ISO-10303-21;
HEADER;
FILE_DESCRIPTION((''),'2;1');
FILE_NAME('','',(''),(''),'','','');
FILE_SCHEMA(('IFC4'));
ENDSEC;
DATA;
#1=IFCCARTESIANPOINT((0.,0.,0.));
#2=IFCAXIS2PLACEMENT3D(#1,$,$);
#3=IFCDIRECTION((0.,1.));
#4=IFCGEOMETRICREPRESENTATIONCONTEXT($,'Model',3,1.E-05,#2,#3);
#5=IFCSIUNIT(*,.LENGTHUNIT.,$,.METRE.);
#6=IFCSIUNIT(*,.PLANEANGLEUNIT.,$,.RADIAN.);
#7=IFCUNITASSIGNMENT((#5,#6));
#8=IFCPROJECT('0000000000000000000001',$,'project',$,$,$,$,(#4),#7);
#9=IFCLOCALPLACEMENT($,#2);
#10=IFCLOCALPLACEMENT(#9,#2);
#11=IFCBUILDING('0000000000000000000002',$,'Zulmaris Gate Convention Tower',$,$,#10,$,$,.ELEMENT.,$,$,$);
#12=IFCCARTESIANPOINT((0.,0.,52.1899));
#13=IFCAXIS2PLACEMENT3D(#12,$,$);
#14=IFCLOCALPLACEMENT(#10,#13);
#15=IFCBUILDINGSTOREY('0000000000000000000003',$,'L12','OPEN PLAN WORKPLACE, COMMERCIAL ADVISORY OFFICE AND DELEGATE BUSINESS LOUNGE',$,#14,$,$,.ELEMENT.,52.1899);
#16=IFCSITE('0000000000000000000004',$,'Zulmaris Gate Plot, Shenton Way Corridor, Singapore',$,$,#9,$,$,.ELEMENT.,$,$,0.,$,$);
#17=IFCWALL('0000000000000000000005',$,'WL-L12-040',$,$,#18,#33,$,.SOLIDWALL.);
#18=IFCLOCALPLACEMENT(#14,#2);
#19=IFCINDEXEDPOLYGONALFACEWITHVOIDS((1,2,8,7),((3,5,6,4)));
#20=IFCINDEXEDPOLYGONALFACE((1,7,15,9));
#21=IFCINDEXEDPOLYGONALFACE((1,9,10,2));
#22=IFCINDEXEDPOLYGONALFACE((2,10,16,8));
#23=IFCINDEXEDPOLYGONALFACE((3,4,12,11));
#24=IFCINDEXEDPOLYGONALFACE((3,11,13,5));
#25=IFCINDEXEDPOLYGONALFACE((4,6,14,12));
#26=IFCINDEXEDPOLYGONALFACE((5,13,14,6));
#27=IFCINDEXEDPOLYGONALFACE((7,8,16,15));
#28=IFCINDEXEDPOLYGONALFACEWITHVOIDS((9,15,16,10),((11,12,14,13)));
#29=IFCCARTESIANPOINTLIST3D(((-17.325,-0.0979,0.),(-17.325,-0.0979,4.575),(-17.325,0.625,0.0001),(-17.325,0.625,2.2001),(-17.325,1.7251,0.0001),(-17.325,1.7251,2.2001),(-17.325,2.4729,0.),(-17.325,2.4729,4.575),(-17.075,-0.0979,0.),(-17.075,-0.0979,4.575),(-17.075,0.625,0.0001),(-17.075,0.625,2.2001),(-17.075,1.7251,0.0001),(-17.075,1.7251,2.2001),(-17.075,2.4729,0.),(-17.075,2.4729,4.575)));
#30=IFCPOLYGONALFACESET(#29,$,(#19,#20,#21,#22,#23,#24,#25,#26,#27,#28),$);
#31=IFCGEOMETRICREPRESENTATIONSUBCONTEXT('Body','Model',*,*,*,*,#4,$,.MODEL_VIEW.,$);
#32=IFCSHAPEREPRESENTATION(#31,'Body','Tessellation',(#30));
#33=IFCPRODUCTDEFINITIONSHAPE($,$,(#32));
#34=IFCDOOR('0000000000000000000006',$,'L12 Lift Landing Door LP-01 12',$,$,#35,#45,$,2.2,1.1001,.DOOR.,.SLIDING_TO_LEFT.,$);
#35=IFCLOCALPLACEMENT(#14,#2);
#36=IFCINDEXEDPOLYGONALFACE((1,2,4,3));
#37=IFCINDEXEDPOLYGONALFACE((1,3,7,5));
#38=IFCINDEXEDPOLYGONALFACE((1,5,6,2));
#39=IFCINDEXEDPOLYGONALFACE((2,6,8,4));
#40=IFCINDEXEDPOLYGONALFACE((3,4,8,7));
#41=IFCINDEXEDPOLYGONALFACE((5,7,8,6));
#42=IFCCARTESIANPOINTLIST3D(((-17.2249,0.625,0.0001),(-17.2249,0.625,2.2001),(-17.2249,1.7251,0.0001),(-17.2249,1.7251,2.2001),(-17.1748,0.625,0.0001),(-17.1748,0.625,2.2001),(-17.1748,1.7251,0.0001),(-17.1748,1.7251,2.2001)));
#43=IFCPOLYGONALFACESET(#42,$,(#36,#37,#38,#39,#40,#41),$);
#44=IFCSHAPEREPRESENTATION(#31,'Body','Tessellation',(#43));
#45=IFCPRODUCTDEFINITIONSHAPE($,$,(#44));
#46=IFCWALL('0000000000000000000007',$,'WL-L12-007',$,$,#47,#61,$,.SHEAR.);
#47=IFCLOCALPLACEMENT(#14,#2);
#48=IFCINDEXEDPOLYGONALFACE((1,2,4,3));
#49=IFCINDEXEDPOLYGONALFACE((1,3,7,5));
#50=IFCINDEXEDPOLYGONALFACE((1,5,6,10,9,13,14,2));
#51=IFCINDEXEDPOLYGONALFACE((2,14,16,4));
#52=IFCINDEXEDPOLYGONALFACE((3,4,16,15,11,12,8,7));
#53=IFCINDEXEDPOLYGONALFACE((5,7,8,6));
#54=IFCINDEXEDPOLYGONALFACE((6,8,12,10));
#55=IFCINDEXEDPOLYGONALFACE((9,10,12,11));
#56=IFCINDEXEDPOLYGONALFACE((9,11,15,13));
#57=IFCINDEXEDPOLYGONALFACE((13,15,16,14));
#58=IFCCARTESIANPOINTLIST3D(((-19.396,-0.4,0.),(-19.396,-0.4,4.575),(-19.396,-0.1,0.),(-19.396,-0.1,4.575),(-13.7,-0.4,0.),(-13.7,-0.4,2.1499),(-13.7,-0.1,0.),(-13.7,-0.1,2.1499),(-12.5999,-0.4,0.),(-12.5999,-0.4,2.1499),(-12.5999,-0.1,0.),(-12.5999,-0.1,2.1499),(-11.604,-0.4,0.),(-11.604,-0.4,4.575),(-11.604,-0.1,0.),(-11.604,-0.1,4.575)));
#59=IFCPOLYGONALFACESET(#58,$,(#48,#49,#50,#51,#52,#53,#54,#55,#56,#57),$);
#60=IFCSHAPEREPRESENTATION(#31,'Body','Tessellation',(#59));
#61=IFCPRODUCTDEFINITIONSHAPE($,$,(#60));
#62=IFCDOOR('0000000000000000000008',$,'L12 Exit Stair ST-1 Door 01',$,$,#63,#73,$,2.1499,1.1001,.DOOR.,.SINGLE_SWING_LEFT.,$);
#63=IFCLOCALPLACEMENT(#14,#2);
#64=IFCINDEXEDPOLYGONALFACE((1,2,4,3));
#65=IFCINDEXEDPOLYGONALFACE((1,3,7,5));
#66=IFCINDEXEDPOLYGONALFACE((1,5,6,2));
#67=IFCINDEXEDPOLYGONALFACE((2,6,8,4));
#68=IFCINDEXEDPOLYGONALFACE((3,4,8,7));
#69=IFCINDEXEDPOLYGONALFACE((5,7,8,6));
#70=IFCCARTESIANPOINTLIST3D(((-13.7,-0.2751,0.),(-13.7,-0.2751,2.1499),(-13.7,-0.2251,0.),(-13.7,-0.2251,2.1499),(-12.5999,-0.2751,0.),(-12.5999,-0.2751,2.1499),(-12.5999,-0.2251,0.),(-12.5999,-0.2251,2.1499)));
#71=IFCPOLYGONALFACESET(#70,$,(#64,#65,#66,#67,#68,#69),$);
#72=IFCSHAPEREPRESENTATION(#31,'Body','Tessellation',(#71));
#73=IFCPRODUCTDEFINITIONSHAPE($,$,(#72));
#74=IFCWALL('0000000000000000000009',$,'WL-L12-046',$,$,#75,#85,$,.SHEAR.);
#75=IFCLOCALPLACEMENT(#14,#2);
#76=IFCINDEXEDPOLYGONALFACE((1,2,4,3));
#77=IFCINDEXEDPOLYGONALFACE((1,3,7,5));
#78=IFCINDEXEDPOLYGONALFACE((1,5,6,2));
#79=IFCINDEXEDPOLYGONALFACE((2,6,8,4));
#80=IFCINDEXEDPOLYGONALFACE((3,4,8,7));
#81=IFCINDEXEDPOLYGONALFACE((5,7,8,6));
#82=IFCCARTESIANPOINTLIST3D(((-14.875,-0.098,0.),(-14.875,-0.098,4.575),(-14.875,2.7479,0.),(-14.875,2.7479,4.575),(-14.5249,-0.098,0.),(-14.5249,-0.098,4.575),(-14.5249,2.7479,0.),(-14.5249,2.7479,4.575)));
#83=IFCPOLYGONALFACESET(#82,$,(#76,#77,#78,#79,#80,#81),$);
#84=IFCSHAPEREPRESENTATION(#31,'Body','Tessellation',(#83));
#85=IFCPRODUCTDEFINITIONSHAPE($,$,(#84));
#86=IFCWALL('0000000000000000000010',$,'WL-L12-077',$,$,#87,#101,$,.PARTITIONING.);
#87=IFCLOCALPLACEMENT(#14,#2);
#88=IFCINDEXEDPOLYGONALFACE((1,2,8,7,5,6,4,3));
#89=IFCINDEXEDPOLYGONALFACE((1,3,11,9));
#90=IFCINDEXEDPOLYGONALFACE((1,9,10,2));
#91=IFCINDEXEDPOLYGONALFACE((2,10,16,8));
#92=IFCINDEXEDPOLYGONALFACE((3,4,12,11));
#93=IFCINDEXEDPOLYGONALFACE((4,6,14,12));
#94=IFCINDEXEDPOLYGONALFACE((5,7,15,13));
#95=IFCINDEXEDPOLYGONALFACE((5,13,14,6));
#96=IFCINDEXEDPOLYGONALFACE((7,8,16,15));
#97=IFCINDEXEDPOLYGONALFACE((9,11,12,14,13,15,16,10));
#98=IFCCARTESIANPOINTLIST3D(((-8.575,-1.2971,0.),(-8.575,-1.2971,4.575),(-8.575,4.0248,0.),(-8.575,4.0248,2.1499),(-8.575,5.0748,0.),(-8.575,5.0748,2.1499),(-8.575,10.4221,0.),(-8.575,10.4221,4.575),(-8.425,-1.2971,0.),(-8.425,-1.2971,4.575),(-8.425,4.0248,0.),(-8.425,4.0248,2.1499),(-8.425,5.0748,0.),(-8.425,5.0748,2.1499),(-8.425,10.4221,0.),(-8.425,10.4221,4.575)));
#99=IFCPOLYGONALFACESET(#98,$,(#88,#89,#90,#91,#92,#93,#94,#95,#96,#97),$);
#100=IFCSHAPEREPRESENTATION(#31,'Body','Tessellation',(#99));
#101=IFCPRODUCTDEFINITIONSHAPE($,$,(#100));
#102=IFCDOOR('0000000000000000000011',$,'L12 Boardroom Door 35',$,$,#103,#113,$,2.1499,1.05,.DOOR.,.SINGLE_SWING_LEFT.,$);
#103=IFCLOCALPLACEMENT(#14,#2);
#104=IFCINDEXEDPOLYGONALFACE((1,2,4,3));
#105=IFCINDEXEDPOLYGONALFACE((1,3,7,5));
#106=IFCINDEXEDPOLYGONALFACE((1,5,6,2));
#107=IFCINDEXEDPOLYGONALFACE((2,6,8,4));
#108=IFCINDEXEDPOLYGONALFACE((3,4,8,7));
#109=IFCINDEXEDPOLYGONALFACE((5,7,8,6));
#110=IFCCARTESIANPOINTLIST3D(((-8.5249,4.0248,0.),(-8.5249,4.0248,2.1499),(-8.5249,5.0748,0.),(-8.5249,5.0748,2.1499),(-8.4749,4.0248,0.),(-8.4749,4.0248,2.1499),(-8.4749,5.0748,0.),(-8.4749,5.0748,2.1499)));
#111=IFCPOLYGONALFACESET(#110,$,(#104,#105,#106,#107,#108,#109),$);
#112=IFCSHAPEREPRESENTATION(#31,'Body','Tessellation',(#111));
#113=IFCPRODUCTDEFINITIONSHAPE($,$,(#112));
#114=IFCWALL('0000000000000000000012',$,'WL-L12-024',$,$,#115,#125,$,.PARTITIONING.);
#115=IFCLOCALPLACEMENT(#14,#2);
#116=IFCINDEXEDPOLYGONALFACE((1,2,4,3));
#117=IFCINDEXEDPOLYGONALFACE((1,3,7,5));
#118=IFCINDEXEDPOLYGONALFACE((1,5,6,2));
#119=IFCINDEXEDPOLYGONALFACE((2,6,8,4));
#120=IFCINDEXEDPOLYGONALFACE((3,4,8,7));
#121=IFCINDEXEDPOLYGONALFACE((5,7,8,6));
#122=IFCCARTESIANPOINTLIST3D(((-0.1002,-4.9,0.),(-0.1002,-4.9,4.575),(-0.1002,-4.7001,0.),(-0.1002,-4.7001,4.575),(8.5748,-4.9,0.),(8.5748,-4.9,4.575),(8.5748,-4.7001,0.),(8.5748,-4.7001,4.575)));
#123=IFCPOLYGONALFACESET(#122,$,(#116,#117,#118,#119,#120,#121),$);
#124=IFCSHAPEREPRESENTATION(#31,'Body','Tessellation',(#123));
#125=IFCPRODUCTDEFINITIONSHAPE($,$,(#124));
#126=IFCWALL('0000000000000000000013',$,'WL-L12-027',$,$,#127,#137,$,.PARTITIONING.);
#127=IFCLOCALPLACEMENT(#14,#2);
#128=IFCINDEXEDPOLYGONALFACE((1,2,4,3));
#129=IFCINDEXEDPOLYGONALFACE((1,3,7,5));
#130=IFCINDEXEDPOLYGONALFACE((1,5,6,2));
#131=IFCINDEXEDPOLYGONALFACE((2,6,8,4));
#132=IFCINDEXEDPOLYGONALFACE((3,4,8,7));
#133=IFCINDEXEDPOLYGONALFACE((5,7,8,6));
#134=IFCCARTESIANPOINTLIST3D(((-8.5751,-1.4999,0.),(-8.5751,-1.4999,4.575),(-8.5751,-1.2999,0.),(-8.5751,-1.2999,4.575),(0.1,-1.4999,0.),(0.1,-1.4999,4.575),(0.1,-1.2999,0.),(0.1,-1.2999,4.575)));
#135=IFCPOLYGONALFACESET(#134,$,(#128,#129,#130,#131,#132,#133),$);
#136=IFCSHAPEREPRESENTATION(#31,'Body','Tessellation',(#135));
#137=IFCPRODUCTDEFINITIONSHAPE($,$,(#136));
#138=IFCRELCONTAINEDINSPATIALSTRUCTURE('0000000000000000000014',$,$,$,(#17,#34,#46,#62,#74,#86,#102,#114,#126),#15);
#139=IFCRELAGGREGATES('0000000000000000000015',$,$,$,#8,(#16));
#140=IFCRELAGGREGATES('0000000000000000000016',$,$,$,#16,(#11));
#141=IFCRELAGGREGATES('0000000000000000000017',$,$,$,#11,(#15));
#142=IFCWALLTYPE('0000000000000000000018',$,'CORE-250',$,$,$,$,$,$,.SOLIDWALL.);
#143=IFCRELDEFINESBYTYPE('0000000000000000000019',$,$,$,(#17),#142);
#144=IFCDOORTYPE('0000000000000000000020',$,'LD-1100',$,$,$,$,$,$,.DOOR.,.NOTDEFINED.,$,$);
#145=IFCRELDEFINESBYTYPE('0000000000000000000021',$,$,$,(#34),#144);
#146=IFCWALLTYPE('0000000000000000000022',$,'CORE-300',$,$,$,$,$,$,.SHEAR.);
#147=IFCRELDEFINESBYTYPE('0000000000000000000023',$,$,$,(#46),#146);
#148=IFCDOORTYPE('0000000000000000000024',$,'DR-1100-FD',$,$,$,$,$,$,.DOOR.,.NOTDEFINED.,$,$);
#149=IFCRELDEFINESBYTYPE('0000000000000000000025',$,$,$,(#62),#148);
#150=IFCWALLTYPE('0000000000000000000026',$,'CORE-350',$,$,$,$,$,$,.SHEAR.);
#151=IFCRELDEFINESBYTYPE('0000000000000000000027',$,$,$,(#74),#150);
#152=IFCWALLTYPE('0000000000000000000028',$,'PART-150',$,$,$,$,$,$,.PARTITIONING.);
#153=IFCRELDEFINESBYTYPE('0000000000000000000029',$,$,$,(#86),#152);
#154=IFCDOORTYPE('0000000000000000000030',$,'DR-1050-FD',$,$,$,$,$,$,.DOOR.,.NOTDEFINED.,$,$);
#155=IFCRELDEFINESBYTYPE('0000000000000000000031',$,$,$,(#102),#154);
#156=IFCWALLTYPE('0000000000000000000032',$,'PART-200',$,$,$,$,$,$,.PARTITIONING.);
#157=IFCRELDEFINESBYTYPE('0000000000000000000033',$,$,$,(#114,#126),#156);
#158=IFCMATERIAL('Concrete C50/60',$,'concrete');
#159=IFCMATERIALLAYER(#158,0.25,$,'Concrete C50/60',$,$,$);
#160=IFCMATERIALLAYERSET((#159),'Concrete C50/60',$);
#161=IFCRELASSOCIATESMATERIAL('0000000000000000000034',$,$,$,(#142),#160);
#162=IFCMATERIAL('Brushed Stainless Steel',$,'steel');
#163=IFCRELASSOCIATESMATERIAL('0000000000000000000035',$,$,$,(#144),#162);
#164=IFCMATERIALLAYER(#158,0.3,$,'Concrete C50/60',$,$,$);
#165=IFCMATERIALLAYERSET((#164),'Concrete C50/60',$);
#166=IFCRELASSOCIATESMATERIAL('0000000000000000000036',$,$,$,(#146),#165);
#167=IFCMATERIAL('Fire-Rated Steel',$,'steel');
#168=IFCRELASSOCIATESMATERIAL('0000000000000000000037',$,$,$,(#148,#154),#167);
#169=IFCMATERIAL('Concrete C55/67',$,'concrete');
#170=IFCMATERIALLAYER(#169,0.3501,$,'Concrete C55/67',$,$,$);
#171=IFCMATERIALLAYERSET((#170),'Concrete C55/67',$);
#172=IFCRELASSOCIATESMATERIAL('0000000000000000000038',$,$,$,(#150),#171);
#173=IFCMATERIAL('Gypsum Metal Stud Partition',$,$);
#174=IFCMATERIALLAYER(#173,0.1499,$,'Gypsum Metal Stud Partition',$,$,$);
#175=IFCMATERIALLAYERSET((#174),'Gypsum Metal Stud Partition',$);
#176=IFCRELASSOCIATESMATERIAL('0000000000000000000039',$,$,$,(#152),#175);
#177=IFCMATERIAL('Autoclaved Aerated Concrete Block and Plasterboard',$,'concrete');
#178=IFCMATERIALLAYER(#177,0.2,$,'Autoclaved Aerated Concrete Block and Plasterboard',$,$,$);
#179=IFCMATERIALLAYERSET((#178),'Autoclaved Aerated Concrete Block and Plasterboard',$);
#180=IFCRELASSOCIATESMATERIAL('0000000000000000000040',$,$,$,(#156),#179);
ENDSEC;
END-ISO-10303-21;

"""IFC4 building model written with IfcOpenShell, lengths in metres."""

from ifc_helpers import new_model, si_unit, direction, frame, frame_2d, origin, place, context, subcontext, project, spatial, rectangle, extrude, material, layer, layer_set, type_object, element, fill, save


model = new_model("IFC4")

# Units and contexts
model_context = context("Model", 3, precision=1e-05, world=origin(), true_north=direction((0.0, 1.0)))
body_context = subcontext(model_context, "Body", "Model", "MODEL_VIEW")
ifc_project = project(units=[si_unit("LENGTHUNIT", "METRE"), si_unit("PLANEANGLEUNIT", "RADIAN")], contexts=[model_context])

# Site, building, storey
site_placement = place(None, origin())
site = spatial("IfcSite", under=ifc_project, at=site_placement, Name="Zulmaris Gate Plot, Shenton Way Corridor, Singapore", CompositionType="ELEMENT", RefElevation=0.0)
building_placement = place(site_placement, origin())
building = spatial("IfcBuilding", under=site, at=building_placement, Name="Zulmaris Gate Convention Tower", CompositionType="ELEMENT")
storey_placement = place(building_placement, frame((0.0, 0.0, 52.1899)))
storey = spatial("IfcBuildingStorey", under=building, at=storey_placement, Name="L12", Description="OPEN PLAN WORKPLACE, COMMERCIAL ADVISORY OFFICE AND DELEGATE BUSINESS LOUNGE", CompositionType="ELEMENT", Elevation=52.1899)

# Walls, openings, doors
ifc_material_1 = material(Name="Concrete C50/60", Category="concrete")
ifc_layer_1 = layer(ifc_material_1, 0.25, Name="Concrete C50/60")
ifc_layer_set_1 = layer_set([ifc_layer_1], Name="Concrete C50/60")
wall_type_1 = type_object("IfcWallType", Name="CORE-250", PredefinedType="SOLIDWALL", material=ifc_layer_set_1)
wall_1_placement = place(storey_placement, frame((-17.2, -0.0979, 0.0), z_axis=(0.0, 0.0, 1.0), x_axis=(0.0, 1.0, 0.0)))
wall_1 = element("IfcWall", 1, at=wall_1_placement, inside=storey, type_object=wall_type_1, Name="WL-L12-040", PredefinedType="SOLIDWALL", context=body_context, shape_type="SweptSolid", body=[
    extrude(rectangle(XDim=2.5708, YDim=0.25, at=frame_2d((1.2854, 0.0))), origin(), (0.0, 0.0, 1.0), 4.575),
])
opening_1_placement = place(wall_1_placement, frame((0.7229, 0.0, 0.0)))
opening_1 = element("IfcOpeningElement", 2, at=opening_1_placement, cuts=wall_1, PredefinedType="OPENING", context=body_context, shape_type="SweptSolid", body=[
    extrude(rectangle(XDim=1.1001, YDim=2.2, at=frame_2d((0.55, 1.1001))), frame((0.0, 0.135, 0.0), z_axis=(0.0, -1.0, 0.0), x_axis=(1.0, 0.0, 0.0)), (0.0, 0.0, 1.0), 0.27),
])
ifc_material_2 = material(Name="Brushed Stainless Steel", Category="steel")
door_type_1 = type_object("IfcDoorType", Name="LD-1100", OperationType="NOTDEFINED", PredefinedType="DOOR", material=ifc_material_2)
door_1_placement = place(opening_1_placement, origin())
door_1 = element("IfcDoor", 3, at=door_1_placement, inside=storey, type_object=door_type_1, Name="L12 Lift Landing Door LP-01 12", OperationType="SLIDING_TO_LEFT", OverallHeight=2.2, OverallWidth=1.1001, PredefinedType="DOOR", context=body_context, shape_type="SweptSolid", body=[
    extrude(rectangle(XDim=1.1001, YDim=2.2, at=frame_2d((0.55, 1.1001))), frame((0.0, 0.0249, 0.0), z_axis=(0.0, -1.0, 0.0), x_axis=(1.0, 0.0, 0.0)), (0.0, 0.0, 1.0), 0.05),
])
fill(opening_1, door_1)
ifc_layer_2 = layer(ifc_material_1, 0.3, Name="Concrete C50/60")
ifc_layer_set_2 = layer_set([ifc_layer_2], Name="Concrete C50/60")
wall_type_2 = type_object("IfcWallType", Name="CORE-300", PredefinedType="SHEAR", material=ifc_layer_set_2)
wall_2_placement = place(storey_placement, frame((-19.396, -0.25, 0.0), z_axis=(0.0, 0.0, 1.0), x_axis=(1.0, 0.0, 0.0)))
wall_2 = element("IfcWall", 4, at=wall_2_placement, inside=storey, type_object=wall_type_2, Name="WL-L12-007", PredefinedType="SHEAR", context=body_context, shape_type="SweptSolid", body=[
    extrude(rectangle(XDim=7.792, YDim=0.3, at=frame_2d((3.896, 0.0))), origin(), (0.0, 0.0, 1.0), 4.575),
])
opening_2_placement = place(wall_2_placement, frame((5.696, 0.0, 0.0)))
opening_2 = element("IfcOpeningElement", 5, at=opening_2_placement, cuts=wall_2, PredefinedType="OPENING", context=body_context, shape_type="SweptSolid", body=[
    extrude(rectangle(XDim=1.1001, YDim=2.1499, at=frame_2d((0.55, 1.075))), frame((0.0, 0.1602, 0.0), z_axis=(0.0, -1.0, 0.0), x_axis=(1.0, 0.0, 0.0)), (0.0, 0.0, 1.0), 0.3201),
])
ifc_material_3 = material(Name="Fire-Rated Steel", Category="steel")
door_type_2 = type_object("IfcDoorType", Name="DR-1100-FD", OperationType="NOTDEFINED", PredefinedType="DOOR", material=ifc_material_3)
door_2_placement = place(opening_2_placement, origin())
door_2 = element("IfcDoor", 6, at=door_2_placement, inside=storey, type_object=door_type_2, Name="L12 Exit Stair ST-1 Door 01", OperationType="SINGLE_SWING_LEFT", OverallHeight=2.1499, OverallWidth=1.1001, PredefinedType="DOOR", context=body_context, shape_type="SweptSolid", body=[
    extrude(rectangle(XDim=1.1001, YDim=2.1499, at=frame_2d((0.55, 1.075))), frame((0.0, 0.0249, 0.0), z_axis=(0.0, -1.0, 0.0), x_axis=(1.0, 0.0, 0.0)), (0.0, 0.0, 1.0), 0.05),
])
fill(opening_2, door_2)

# Wall
ifc_material_4 = material(Name="Concrete C55/67", Category="concrete")
ifc_layer_3 = layer(ifc_material_4, 0.3501, Name="Concrete C55/67")
ifc_layer_set_3 = layer_set([ifc_layer_3], Name="Concrete C55/67")
wall_type_3 = type_object("IfcWallType", Name="CORE-350", PredefinedType="SHEAR", material=ifc_layer_set_3)
wall_3_placement = place(storey_placement, frame((-14.7, -0.0979, 0.0), z_axis=(0.0, 0.0, 1.0), x_axis=(0.0, 1.0, 0.0)))
element("IfcWall", 7, at=wall_3_placement, inside=storey, type_object=wall_type_3, Name="WL-L12-046", PredefinedType="SHEAR", context=body_context, shape_type="SweptSolid", body=[
    extrude(rectangle(XDim=2.8459, YDim=0.3501, at=frame_2d((1.4229, 0.0))), origin(), (0.0, 0.0, 1.0), 4.575),
])

# Wall, opening, door
ifc_material_5 = material(Name="Gypsum Metal Stud Partition")
ifc_layer_4 = layer(ifc_material_5, 0.1499, Name="Gypsum Metal Stud Partition")
ifc_layer_set_4 = layer_set([ifc_layer_4], Name="Gypsum Metal Stud Partition")
wall_type_4 = type_object("IfcWallType", Name="PART-150", PredefinedType="PARTITIONING", material=ifc_layer_set_4)
wall_4_placement = place(storey_placement, frame((-8.5, -1.2971, 0.0), z_axis=(0.0, 0.0, 1.0), x_axis=(0.0, 1.0, 0.0)))
wall_4 = element("IfcWall", 8, at=wall_4_placement, inside=storey, type_object=wall_type_4, Name="WL-L12-077", PredefinedType="PARTITIONING", context=body_context, shape_type="SweptSolid", body=[
    extrude(rectangle(XDim=11.7192, YDim=0.1499, at=frame_2d((5.8596, 0.0))), origin(), (0.0, 0.0, 1.0), 4.575),
])
opening_3_placement = place(wall_4_placement, frame((5.322, 0.0, 0.0)))
opening_3 = element("IfcOpeningElement", 9, at=opening_3_placement, cuts=wall_4, PredefinedType="OPENING", context=body_context, shape_type="SweptSolid", body=[
    extrude(rectangle(XDim=1.05, YDim=2.1499, at=frame_2d((0.5249, 1.075))), frame((0.0, 0.085, 0.0), z_axis=(0.0, -1.0, 0.0), x_axis=(1.0, 0.0, 0.0)), (0.0, 0.0, 1.0), 0.1699),
])
door_type_3 = type_object("IfcDoorType", Name="DR-1050-FD", OperationType="NOTDEFINED", PredefinedType="DOOR", material=ifc_material_3)
door_3_placement = place(opening_3_placement, origin())
door_3 = element("IfcDoor", 10, at=door_3_placement, inside=storey, type_object=door_type_3, Name="L12 Boardroom Door 35", OperationType="SINGLE_SWING_LEFT", OverallHeight=2.1499, OverallWidth=1.05, PredefinedType="DOOR", context=body_context, shape_type="SweptSolid", body=[
    extrude(rectangle(XDim=1.05, YDim=2.1499, at=frame_2d((0.5249, 1.075))), frame((0.0, 0.0249, 0.0), z_axis=(0.0, -1.0, 0.0), x_axis=(1.0, 0.0, 0.0)), (0.0, 0.0, 1.0), 0.05),
])
fill(opening_3, door_3)

# Walls
ifc_material_6 = material(Name="Autoclaved Aerated Concrete Block and Plasterboard", Category="concrete")
ifc_layer_5 = layer(ifc_material_6, 0.2, Name="Autoclaved Aerated Concrete Block and Plasterboard")
ifc_layer_set_5 = layer_set([ifc_layer_5], Name="Autoclaved Aerated Concrete Block and Plasterboard")
wall_type_5 = type_object("IfcWallType", Name="PART-200", PredefinedType="PARTITIONING", material=ifc_layer_set_5)
for number, where, z_axis, x_axis, name in (
    (11, (-0.1001, -4.8, 0.0), (0.0, 0.0, 1.0), (1.0, 0.0, 0.0), "WL-L12-024"),
    (12, (-8.575, -1.3999, 0.0), (0.0, 0.0, 1.0), (1.0, 0.0, 0.0), "WL-L12-027"),
):
    element("IfcWall", number, at=place(storey_placement, frame(where, z_axis=z_axis, x_axis=x_axis)), inside=storey, type_object=wall_type_5, Name=name, PredefinedType="PARTITIONING", context=body_context, shape_type="SweptSolid", body=[
        extrude(rectangle(XDim=8.675, YDim=0.2, at=frame_2d((4.3374, 0.0))), origin(), (0.0, 0.0, 1.0), 4.575),
    ])

save(model, "model.ifc")
